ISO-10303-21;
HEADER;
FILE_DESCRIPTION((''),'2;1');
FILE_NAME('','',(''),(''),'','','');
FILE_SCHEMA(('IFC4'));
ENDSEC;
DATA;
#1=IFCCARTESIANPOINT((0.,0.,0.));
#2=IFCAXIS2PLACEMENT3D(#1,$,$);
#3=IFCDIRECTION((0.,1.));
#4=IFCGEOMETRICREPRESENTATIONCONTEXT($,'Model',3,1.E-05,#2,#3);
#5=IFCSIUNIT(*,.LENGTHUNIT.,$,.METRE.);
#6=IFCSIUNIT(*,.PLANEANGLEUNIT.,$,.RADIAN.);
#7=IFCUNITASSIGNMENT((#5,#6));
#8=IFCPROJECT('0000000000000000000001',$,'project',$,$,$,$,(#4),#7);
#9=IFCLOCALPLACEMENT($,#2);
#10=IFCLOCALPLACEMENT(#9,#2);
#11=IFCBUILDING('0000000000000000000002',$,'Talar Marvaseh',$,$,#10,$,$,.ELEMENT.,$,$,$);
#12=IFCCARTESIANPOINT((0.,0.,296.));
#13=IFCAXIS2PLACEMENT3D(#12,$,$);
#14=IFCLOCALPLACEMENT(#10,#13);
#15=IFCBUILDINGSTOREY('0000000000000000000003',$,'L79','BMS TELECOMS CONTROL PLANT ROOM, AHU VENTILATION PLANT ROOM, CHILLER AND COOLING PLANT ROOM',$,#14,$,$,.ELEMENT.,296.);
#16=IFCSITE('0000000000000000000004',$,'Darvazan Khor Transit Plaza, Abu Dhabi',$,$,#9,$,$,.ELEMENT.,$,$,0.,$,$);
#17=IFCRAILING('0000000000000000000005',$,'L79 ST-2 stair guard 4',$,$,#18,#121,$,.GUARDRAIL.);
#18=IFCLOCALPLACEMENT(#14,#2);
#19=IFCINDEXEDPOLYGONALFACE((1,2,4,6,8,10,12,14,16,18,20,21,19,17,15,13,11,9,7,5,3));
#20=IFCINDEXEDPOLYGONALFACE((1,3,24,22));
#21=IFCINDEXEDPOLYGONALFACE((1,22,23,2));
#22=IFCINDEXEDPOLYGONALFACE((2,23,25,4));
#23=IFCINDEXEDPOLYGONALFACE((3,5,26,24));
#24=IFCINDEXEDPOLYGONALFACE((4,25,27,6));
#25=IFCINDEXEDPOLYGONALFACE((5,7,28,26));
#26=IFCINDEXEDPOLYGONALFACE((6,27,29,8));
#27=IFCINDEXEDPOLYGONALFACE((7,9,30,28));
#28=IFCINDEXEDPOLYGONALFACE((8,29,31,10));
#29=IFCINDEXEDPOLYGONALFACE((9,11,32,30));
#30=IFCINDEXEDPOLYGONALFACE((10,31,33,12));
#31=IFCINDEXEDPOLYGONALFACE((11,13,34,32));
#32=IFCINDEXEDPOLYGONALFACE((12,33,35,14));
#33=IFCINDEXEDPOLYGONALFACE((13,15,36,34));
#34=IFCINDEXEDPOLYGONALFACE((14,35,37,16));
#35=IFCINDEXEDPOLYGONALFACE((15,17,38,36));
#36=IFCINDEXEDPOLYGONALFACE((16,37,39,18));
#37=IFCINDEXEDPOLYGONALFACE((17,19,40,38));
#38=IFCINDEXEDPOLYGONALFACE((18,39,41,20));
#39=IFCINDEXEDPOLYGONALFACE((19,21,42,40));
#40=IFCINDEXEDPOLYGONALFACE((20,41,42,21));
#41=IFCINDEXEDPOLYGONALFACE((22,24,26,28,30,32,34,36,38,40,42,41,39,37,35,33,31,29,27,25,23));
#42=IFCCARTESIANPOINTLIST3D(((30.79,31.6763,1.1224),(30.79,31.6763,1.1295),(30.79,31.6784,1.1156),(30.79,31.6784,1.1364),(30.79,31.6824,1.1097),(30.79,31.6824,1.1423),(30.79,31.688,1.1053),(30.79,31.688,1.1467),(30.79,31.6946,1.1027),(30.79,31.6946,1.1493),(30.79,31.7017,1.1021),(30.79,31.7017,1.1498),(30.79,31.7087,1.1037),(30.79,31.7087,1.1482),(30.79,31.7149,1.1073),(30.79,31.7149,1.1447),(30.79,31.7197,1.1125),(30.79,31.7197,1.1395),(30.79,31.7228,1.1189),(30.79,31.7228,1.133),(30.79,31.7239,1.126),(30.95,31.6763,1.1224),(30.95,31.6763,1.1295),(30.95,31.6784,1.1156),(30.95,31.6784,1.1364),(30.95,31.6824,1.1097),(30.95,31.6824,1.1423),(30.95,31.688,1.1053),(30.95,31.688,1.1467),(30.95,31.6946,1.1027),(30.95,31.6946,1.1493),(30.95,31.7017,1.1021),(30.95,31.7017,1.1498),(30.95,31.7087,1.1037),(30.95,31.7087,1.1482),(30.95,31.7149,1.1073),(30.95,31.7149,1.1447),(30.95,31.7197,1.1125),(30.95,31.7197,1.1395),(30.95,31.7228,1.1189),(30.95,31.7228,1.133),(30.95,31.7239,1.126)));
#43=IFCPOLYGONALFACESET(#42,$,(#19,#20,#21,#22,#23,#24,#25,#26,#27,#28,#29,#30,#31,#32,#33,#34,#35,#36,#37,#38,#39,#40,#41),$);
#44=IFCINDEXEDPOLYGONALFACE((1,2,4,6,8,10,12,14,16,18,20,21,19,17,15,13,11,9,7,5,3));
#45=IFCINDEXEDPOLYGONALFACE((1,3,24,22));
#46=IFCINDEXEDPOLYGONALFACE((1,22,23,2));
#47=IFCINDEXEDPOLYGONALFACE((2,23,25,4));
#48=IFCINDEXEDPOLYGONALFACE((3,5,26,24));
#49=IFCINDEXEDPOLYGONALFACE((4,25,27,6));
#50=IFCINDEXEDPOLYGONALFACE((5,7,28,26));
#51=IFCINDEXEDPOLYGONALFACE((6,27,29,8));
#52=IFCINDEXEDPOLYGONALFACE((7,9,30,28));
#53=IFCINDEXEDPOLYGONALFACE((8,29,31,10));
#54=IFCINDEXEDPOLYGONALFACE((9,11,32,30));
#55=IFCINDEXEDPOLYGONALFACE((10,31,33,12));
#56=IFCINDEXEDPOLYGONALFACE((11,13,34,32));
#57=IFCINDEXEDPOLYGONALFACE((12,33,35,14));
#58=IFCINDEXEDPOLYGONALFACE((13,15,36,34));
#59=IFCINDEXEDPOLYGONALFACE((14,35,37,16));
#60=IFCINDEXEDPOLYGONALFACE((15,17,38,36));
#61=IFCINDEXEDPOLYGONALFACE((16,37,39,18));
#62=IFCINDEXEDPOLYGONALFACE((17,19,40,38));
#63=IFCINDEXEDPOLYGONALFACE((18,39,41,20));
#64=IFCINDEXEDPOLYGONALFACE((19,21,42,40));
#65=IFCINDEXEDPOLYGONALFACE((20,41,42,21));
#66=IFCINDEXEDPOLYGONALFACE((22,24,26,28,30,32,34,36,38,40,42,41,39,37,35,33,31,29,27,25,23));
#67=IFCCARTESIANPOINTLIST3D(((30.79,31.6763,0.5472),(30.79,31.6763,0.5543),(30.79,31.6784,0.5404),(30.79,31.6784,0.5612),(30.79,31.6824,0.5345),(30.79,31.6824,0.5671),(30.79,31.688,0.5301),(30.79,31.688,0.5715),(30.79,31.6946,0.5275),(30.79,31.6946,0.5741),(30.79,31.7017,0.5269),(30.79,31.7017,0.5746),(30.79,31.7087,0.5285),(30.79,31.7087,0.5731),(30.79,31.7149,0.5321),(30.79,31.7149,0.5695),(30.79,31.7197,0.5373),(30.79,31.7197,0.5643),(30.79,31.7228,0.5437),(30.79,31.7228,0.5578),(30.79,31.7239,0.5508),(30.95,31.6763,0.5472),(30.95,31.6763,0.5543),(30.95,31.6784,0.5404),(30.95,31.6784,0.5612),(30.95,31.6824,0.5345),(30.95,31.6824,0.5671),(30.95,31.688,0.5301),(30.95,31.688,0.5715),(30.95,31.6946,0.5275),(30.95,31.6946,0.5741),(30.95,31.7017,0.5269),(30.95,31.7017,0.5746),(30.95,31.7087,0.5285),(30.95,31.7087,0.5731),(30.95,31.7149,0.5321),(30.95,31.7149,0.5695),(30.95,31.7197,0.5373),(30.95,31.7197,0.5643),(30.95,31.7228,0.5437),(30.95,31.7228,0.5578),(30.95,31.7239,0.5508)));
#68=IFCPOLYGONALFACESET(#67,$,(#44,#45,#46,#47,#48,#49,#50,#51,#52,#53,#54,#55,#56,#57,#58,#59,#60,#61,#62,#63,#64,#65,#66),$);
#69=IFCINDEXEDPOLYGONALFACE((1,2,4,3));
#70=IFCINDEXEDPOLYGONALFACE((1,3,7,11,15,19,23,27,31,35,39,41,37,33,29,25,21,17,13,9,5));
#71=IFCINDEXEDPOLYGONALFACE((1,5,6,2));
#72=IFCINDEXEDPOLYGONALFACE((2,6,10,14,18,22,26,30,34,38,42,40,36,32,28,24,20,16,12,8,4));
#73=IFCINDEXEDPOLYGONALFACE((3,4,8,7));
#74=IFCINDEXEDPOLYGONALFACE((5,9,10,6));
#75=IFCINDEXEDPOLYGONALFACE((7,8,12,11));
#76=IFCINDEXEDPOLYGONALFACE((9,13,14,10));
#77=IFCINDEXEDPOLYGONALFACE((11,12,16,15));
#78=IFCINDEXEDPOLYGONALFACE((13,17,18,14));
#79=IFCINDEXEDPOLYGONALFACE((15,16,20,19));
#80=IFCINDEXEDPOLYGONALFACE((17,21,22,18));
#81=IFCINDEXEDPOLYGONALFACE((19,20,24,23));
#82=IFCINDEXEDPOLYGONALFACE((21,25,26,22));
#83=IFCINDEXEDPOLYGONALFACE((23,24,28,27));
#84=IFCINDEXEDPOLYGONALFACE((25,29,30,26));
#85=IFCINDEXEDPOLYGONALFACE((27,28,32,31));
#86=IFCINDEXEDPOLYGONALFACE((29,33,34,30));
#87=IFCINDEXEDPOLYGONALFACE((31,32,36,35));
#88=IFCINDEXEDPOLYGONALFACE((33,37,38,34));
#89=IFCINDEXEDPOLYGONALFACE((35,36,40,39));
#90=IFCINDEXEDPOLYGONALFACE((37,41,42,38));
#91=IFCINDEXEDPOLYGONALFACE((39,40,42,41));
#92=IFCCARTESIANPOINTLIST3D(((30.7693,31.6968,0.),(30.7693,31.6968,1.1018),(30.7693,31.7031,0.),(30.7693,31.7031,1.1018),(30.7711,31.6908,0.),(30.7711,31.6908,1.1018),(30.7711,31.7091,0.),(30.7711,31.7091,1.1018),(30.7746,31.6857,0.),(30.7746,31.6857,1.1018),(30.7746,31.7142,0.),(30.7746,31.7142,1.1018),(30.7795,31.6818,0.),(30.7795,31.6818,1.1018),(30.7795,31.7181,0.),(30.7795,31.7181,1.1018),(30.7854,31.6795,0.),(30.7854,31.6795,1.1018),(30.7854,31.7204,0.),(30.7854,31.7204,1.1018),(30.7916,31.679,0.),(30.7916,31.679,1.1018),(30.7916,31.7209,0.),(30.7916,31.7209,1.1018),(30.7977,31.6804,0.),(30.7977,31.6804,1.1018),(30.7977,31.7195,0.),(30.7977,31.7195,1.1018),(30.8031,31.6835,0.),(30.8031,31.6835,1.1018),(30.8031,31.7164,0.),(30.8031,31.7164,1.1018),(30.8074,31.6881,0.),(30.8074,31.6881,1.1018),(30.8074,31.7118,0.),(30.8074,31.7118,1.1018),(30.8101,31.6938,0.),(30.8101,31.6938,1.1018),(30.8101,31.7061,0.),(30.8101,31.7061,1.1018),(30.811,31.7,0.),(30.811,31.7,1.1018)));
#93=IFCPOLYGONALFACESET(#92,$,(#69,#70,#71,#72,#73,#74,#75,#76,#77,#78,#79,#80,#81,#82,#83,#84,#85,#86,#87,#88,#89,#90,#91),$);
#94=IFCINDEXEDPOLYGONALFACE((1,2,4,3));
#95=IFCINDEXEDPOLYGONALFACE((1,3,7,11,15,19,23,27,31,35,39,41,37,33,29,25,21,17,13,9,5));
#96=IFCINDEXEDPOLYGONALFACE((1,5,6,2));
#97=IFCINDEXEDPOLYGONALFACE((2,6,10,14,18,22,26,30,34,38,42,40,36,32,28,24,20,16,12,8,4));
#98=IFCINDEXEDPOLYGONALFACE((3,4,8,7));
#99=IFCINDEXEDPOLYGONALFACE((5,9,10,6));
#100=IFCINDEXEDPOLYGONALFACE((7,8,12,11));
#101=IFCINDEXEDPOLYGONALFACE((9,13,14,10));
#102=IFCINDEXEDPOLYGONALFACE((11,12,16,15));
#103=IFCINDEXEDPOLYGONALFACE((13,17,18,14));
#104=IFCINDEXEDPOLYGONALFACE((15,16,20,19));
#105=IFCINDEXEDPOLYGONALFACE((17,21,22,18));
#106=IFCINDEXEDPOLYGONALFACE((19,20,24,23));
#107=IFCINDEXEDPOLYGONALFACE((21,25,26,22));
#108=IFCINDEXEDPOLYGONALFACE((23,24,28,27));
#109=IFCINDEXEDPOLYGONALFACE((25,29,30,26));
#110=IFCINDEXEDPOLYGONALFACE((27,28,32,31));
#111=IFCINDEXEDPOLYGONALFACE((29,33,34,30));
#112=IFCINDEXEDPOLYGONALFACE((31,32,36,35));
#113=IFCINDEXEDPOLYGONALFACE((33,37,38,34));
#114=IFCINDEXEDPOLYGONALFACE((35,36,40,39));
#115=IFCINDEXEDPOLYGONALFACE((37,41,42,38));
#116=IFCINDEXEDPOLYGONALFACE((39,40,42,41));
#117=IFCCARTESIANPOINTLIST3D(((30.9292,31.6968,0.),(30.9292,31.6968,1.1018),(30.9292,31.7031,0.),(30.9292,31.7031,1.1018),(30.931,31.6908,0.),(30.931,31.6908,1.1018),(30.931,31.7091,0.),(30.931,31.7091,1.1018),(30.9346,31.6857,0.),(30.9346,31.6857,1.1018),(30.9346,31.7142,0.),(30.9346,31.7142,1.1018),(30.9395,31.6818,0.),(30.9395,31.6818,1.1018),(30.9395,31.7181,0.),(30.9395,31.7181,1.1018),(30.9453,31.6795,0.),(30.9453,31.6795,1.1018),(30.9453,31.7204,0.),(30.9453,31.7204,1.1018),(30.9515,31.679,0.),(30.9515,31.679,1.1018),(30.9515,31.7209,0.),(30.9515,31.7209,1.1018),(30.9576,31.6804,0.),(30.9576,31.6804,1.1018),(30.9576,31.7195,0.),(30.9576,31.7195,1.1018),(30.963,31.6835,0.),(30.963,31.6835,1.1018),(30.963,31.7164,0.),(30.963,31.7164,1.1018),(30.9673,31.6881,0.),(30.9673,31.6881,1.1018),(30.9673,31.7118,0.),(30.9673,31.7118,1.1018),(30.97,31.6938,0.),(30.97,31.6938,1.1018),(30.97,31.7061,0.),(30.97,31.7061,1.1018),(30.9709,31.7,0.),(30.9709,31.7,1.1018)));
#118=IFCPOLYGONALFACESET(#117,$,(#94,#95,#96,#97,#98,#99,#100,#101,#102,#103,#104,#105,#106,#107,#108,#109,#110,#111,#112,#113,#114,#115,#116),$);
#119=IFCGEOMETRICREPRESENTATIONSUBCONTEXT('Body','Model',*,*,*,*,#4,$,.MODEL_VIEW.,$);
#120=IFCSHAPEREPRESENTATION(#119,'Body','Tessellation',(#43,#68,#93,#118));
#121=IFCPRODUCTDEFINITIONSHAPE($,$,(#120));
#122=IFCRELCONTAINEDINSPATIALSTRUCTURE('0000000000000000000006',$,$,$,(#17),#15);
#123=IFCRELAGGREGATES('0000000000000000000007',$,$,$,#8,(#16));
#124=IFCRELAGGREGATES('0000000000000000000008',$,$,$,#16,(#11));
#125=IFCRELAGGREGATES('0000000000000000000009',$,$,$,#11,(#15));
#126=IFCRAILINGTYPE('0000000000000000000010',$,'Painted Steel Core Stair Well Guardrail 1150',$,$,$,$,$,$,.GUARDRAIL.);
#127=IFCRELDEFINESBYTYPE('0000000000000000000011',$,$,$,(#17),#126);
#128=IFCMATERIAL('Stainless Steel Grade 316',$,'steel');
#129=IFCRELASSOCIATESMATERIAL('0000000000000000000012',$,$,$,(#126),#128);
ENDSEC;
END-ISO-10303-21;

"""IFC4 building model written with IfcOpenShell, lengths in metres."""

from ifc_helpers import new_model, si_unit, direction, frame, origin, origin_2d, place, context, subcontext, project, spatial, circle, extrude, material, type_object, element, save


model = new_model("IFC4")

# Units and contexts
model_context = context("Model", 3, precision=1e-05, world=origin(), true_north=direction((0.0, 1.0)))
body_context = subcontext(model_context, "Body", "Model", "MODEL_VIEW")
ifc_project = project(units=[si_unit("LENGTHUNIT", "METRE"), si_unit("PLANEANGLEUNIT", "RADIAN")], contexts=[model_context])

# Site, building, storey
site_placement = place(None, origin())
site = spatial("IfcSite", under=ifc_project, at=site_placement, Name="Darvazan Khor Transit Plaza, Abu Dhabi", CompositionType="ELEMENT", RefElevation=0.0)
building_placement = place(site_placement, origin())
building = spatial("IfcBuilding", under=site, at=building_placement, Name="Talar Marvaseh", CompositionType="ELEMENT")
storey_placement = place(building_placement, frame((0.0, 0.0, 296.0)))
storey = spatial("IfcBuildingStorey", under=building, at=storey_placement, Name="L79", Description="BMS TELECOMS CONTROL PLANT ROOM, AHU VENTILATION PLANT ROOM, CHILLER AND COOLING PLANT ROOM", CompositionType="ELEMENT", Elevation=296.0)

# Railing
ifc_material_1 = material(Name="Stainless Steel Grade 316", Category="steel")
railing_type_1 = type_object("IfcRailingType", Name="Painted Steel Core Stair Well Guardrail 1150", PredefinedType="GUARDRAIL", material=ifc_material_1)
railing_1_placement = place(storey_placement, frame((30.79, 31.7, 0.0)))
element("IfcRailing", 1, at=railing_1_placement, inside=storey, type_object=railing_type_1, Name="L79 ST-2 stair guard 4", PredefinedType="GUARDRAIL", context=body_context, shape_type="SweptSolid", body=[
    extrude(circle(Radius=0.0239, at=origin_2d()), frame((0.0, 0.0, 1.126), z_axis=(1.0, 0.0, 0.0), x_axis=(0.0, 1.0, 0.0)), (0.0, 0.0, 1.0), 0.1599),
    extrude(circle(Radius=0.0239, at=origin_2d()), frame((0.0, 0.0, 0.5508), z_axis=(1.0, 0.0, 0.0), x_axis=(0.0, 1.0, 0.0)), (0.0, 0.0, 1.0), 0.1599),
    extrude(circle(Radius=0.021, at=origin_2d()), origin(), (0.0, 0.0, 1.0), 1.1018),
    extrude(circle(Radius=0.021, at=origin_2d()), frame((0.1599, 0.0, 0.0)), (0.0, 0.0, 1.0), 1.1018),
])

save(model, "model.ifc")
